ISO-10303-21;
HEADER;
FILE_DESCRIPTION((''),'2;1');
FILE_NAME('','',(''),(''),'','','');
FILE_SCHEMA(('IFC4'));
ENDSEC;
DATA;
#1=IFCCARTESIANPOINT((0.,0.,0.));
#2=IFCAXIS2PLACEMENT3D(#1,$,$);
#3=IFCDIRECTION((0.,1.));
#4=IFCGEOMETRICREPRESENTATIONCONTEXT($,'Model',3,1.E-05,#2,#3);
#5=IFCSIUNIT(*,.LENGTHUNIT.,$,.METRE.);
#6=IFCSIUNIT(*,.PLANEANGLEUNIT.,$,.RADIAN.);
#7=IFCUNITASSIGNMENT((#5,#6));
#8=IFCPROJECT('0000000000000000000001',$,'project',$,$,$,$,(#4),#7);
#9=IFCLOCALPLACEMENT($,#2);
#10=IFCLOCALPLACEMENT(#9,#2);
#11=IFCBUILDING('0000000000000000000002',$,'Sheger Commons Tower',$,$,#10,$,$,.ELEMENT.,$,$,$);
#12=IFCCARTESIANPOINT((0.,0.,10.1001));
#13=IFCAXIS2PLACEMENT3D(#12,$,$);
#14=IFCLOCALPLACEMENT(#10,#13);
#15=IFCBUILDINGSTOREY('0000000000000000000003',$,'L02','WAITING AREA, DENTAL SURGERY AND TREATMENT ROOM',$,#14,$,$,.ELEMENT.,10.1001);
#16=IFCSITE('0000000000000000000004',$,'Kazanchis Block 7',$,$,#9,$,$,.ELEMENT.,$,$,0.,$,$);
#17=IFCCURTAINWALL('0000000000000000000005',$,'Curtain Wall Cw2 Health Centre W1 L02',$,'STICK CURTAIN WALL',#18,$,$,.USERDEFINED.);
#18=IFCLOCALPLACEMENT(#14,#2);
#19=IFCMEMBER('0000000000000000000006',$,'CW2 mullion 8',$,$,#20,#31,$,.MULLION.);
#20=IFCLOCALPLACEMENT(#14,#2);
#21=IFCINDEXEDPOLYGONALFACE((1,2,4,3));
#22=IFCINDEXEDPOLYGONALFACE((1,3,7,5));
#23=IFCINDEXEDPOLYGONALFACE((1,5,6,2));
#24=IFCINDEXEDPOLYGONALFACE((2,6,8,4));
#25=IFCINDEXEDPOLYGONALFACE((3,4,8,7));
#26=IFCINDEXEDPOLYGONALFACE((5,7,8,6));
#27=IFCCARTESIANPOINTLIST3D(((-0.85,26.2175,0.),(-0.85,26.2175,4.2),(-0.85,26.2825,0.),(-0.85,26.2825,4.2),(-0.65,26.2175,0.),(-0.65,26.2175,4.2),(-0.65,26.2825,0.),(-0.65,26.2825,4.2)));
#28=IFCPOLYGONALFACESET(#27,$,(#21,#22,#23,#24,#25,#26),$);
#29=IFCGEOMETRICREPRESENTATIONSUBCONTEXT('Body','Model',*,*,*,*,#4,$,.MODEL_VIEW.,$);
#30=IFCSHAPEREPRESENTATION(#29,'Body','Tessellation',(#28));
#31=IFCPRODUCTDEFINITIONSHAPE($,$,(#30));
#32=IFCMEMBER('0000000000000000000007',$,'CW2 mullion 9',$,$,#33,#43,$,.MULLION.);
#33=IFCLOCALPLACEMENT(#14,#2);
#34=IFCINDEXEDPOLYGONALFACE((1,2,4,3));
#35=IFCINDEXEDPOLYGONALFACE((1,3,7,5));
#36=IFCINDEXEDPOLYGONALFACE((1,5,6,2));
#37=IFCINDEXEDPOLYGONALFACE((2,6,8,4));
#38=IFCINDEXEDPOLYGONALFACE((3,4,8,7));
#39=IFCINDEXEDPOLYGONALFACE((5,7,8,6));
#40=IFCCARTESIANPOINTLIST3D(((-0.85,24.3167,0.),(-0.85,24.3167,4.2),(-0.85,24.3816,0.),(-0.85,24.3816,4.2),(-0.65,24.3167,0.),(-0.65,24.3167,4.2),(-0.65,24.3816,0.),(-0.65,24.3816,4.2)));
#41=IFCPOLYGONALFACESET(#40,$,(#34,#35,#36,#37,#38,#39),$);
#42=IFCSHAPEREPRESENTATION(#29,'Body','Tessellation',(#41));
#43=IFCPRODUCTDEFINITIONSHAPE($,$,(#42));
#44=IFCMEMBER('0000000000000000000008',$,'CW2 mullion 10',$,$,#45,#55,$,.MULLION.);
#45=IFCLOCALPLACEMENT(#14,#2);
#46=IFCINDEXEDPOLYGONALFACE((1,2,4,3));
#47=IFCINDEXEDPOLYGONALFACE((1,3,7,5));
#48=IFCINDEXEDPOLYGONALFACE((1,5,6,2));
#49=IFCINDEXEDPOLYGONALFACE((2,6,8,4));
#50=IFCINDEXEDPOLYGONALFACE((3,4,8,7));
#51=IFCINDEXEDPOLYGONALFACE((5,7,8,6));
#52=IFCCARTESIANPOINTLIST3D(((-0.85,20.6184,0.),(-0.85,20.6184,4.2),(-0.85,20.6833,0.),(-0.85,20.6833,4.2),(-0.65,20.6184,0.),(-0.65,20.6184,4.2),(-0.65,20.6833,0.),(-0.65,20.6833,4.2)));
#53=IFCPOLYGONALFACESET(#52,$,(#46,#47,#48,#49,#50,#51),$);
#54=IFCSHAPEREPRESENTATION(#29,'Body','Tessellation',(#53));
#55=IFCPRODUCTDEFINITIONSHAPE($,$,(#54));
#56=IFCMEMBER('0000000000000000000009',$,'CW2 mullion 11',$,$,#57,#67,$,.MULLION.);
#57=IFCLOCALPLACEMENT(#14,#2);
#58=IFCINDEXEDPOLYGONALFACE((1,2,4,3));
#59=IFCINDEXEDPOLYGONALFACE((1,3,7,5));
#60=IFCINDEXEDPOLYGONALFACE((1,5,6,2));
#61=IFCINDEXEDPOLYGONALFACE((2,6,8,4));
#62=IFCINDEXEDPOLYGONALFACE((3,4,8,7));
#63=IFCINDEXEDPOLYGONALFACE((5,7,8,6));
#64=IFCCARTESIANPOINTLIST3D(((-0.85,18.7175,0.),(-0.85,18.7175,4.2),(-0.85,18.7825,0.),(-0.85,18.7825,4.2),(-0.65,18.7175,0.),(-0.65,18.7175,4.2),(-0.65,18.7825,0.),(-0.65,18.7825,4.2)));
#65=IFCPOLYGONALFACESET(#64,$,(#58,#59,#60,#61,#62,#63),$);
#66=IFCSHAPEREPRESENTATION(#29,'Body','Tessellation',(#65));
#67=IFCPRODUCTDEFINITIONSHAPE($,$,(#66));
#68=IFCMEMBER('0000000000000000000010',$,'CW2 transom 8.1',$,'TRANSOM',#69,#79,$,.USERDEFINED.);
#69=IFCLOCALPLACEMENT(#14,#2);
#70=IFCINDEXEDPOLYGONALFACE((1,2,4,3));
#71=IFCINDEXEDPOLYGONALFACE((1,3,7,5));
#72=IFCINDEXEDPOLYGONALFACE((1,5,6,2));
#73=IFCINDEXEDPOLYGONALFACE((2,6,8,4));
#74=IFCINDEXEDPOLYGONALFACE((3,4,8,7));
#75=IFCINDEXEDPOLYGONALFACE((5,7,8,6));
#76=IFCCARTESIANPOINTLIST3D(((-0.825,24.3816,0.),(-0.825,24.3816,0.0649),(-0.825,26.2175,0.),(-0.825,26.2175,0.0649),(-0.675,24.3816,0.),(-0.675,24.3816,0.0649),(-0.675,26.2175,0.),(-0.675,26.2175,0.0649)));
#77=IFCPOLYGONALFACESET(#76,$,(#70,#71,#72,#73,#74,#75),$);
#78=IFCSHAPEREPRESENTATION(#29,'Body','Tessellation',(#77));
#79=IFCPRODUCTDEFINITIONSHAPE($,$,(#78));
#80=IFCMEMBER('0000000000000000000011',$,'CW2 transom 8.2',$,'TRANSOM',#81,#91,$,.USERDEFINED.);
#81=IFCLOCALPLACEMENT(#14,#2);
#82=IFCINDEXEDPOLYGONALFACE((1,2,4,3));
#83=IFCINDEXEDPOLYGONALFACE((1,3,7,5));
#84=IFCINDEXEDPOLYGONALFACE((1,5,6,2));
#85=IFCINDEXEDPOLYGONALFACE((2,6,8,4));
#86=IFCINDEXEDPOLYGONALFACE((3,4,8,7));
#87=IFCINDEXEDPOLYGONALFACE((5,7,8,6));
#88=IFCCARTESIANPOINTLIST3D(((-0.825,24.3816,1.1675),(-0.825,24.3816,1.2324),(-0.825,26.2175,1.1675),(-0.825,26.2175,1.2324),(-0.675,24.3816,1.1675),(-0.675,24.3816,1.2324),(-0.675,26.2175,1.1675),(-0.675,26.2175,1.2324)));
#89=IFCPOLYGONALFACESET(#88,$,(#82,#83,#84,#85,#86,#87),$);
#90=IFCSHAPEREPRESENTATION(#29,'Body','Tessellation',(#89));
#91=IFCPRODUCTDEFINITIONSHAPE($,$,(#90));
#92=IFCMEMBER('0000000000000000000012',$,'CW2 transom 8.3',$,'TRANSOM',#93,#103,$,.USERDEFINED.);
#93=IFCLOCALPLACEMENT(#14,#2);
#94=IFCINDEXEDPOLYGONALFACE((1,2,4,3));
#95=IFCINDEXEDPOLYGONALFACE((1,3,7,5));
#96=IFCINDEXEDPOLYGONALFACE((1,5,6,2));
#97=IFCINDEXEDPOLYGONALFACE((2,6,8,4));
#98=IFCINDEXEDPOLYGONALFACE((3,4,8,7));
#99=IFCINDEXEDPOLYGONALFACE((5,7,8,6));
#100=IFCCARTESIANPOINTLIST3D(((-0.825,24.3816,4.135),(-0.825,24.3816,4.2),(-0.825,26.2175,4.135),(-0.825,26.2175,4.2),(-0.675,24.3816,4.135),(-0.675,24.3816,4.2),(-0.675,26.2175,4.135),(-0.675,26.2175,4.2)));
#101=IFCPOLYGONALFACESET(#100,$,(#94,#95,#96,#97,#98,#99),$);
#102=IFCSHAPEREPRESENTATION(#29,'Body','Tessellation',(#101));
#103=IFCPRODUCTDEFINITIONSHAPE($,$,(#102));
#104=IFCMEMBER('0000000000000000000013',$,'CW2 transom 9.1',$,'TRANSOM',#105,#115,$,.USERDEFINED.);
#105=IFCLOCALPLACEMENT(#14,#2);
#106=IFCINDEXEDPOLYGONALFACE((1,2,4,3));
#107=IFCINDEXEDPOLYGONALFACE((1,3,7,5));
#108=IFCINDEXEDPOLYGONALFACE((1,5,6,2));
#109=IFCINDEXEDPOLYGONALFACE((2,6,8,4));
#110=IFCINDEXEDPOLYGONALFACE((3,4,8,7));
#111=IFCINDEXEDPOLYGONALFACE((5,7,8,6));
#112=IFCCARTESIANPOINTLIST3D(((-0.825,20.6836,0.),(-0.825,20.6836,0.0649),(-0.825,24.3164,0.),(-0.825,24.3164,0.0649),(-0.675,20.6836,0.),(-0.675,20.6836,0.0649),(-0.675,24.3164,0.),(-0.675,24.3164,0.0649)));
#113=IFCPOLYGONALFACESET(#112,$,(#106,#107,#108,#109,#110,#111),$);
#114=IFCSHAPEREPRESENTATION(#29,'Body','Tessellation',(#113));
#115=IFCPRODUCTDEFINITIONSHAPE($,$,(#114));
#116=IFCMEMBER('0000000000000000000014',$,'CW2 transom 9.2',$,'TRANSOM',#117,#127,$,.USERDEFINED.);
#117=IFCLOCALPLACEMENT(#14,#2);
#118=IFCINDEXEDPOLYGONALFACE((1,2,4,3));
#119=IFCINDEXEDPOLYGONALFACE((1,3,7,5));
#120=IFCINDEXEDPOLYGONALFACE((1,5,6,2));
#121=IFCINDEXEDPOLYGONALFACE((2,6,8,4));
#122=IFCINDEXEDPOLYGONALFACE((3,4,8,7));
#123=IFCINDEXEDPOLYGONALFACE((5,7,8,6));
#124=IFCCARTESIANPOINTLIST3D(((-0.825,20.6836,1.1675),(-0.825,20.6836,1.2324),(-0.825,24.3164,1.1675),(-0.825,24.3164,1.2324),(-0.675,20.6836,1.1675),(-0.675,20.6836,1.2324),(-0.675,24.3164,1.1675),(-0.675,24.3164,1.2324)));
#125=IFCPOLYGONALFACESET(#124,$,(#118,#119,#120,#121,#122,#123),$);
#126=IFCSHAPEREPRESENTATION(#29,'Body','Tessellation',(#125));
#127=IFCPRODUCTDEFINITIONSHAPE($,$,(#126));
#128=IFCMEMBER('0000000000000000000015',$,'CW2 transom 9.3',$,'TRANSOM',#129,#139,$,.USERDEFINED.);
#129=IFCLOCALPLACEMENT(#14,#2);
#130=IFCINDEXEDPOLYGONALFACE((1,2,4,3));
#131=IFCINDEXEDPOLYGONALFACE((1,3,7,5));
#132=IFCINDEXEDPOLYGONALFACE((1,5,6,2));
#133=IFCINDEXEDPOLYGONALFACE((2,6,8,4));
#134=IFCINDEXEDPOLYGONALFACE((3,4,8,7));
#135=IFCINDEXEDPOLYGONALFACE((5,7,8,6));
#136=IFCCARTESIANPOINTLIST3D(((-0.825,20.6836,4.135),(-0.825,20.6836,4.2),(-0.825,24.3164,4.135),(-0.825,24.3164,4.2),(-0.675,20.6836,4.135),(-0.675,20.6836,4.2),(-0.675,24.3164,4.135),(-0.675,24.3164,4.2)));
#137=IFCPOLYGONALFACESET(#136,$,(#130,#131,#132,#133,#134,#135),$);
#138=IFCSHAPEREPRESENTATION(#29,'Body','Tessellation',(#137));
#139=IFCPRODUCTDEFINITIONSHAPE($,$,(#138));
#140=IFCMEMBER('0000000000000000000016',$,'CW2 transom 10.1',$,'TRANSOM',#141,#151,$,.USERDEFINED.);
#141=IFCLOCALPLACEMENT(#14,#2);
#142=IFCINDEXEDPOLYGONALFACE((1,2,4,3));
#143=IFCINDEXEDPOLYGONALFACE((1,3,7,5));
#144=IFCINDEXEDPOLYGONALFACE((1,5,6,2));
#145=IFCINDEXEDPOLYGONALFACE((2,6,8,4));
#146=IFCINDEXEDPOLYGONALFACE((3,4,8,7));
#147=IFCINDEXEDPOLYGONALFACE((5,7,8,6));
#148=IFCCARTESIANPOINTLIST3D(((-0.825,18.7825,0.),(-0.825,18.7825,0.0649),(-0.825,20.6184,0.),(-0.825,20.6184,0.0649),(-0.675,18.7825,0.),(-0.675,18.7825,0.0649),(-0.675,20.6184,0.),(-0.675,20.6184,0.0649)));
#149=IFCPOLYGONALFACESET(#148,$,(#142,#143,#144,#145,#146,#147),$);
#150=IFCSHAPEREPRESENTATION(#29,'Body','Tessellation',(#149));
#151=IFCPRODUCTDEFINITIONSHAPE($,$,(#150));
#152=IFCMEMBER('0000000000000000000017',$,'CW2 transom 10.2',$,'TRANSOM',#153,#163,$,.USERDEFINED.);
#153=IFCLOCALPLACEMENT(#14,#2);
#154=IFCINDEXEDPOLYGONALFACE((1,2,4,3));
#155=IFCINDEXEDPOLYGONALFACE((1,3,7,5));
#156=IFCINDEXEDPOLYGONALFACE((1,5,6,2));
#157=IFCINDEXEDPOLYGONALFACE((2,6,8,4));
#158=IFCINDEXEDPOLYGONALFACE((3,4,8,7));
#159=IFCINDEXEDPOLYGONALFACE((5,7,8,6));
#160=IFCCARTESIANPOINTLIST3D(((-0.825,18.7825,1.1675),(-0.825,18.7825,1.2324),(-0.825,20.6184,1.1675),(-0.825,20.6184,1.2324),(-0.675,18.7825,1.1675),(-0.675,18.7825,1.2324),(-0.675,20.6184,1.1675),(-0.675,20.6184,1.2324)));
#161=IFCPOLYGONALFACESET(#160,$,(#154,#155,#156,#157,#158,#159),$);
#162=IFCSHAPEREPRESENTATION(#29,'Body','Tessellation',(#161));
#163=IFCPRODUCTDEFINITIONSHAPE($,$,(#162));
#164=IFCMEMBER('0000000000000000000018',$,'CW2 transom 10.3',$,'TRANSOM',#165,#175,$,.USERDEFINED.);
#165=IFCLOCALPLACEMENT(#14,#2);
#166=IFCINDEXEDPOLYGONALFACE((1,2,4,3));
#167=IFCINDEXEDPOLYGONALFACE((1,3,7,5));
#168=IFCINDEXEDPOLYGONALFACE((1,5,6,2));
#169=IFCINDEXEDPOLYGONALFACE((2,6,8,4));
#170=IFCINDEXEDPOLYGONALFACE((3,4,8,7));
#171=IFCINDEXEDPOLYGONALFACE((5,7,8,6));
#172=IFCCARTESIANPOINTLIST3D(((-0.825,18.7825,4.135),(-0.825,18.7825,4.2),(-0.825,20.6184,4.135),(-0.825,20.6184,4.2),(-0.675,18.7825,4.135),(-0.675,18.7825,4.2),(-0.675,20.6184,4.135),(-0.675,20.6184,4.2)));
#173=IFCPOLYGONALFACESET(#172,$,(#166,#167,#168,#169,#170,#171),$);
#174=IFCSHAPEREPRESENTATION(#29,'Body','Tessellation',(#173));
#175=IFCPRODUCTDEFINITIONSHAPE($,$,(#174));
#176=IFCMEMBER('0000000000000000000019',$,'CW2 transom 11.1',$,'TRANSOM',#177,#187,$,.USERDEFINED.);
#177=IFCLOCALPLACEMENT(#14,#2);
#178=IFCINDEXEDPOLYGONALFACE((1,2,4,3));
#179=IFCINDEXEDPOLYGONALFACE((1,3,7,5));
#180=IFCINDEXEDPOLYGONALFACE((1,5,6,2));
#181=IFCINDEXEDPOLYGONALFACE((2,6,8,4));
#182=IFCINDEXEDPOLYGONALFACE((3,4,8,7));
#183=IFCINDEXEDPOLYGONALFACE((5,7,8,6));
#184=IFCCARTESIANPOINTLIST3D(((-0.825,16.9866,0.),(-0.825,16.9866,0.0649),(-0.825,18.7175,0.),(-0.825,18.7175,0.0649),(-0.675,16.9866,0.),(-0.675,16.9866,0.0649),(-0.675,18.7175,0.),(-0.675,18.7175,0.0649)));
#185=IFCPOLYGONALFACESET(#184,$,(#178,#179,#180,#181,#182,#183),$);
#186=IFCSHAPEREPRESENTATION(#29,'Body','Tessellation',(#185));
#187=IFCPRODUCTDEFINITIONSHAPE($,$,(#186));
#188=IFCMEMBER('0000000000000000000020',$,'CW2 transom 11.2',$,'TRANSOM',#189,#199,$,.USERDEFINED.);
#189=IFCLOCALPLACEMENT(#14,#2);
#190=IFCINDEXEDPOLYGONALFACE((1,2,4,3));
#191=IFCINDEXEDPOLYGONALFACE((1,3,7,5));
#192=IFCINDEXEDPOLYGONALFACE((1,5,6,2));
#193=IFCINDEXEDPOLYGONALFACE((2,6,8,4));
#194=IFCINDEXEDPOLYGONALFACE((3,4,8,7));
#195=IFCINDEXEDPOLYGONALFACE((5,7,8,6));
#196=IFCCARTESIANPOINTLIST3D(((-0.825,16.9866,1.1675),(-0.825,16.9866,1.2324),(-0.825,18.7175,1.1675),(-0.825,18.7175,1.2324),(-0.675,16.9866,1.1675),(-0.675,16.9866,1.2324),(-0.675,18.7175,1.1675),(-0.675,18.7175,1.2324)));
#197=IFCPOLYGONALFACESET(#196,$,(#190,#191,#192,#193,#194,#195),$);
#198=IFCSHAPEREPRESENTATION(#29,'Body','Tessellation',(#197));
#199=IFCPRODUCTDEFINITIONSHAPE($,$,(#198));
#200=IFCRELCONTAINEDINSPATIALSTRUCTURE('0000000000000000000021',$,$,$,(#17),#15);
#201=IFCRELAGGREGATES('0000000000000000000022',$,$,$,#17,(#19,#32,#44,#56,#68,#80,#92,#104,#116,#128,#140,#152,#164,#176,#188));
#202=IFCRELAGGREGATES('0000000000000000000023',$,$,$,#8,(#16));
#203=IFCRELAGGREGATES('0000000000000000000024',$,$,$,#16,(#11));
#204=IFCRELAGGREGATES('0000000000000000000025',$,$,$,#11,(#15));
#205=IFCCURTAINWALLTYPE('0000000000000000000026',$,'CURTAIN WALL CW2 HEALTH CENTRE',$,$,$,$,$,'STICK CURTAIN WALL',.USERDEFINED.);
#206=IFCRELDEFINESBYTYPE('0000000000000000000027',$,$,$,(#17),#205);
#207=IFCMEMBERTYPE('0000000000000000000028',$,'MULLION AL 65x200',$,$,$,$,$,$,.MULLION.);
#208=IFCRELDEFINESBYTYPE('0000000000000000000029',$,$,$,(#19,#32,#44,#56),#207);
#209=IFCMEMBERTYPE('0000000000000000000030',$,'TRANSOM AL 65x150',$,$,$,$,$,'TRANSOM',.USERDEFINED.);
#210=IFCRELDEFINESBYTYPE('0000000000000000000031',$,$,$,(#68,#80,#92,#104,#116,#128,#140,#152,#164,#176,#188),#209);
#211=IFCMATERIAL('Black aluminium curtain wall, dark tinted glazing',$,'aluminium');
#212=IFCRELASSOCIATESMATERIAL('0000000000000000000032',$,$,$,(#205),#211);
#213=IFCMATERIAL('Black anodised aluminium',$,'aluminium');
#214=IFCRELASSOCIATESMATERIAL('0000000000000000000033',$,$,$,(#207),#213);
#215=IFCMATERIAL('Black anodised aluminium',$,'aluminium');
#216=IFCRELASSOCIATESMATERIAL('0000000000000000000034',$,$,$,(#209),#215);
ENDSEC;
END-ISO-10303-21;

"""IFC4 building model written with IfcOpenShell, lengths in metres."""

from ifc_helpers import new_model, si_unit, direction, frame, origin, origin_2d, place, context, subcontext, project, spatial, rectangle, extrude, material, material_profile, profile_set, type_object, element, aggregate, save


model = new_model("IFC4")

# Units and contexts
model_context = context("Model", 3, precision=1e-05, world=origin(), true_north=direction((0.0, 1.0)))
body_context = subcontext(model_context, "Body", "Model", "MODEL_VIEW")
ifc_project = project(units=[si_unit("LENGTHUNIT", "METRE"), si_unit("PLANEANGLEUNIT", "RADIAN")], contexts=[model_context])

# Site, building, storey
site_placement = place(None, origin())
site = spatial("IfcSite", under=ifc_project, at=site_placement, Name="Kazanchis Block 7", CompositionType="ELEMENT", RefElevation=0.0)
building_placement = place(site_placement, origin())
building = spatial("IfcBuilding", under=site, at=building_placement, Name="Sheger Commons Tower", CompositionType="ELEMENT")
storey_placement = place(building_placement, frame((0.0, 0.0, 10.1001)))
storey = spatial("IfcBuildingStorey", under=building, at=storey_placement, Name="L02", Description="WAITING AREA, DENTAL SURGERY AND TREATMENT ROOM", CompositionType="ELEMENT", Elevation=10.1001)

# Curtain wall, members
ifc_material_1 = material(Name="Black aluminium curtain wall, dark tinted glazing", Category="aluminium")
curtain_wall_type = type_object("IfcCurtainWallType", Name="CURTAIN WALL CW2 HEALTH CENTRE", ElementType="STICK CURTAIN WALL", PredefinedType="USERDEFINED", material=ifc_material_1)
curtain_wall_placement = place(storey_placement, origin())
curtain_wall = element("IfcCurtainWall", 1, at=curtain_wall_placement, inside=storey, type_object=curtain_wall_type, Name="Curtain Wall Cw2 Health Centre W1 L02", ObjectType="STICK CURTAIN WALL", PredefinedType="USERDEFINED")
ifc_material_2 = material(Name="Black anodised aluminium", Category="aluminium")
ifc_material_profile_1 = material_profile(ifc_material_2, rectangle(XDim=0.2, YDim=0.0649, at=origin_2d()), Name="AL 65x200")
ifc_profile_set_1 = profile_set([ifc_material_profile_1], Name="Black anodised aluminium")
member_type_1 = type_object("IfcMemberType", Name="MULLION AL 65x200", PredefinedType="MULLION", material=ifc_profile_set_1)
member_1_placement = place(storey_placement, frame((-0.75, 26.25, 0.0), z_axis=(0.0, 0.0, 1.0), x_axis=(1.0, 0.0, 0.0)))
member_1 = element("IfcMember", 2, at=member_1_placement, type_object=member_type_1, Name="CW2 mullion 8", PredefinedType="MULLION", context=body_context, shape_type="SweptSolid", body=[
    extrude(rectangle(XDim=0.2, YDim=0.0649, at=origin_2d()), origin(), (0.0, 0.0, 1.0), 4.2),
])
member_2_placement = place(storey_placement, frame((-0.75, 24.3491, 0.0), z_axis=(0.0, 0.0, 1.0), x_axis=(1.0, 0.0, 0.0)))
member_2 = element("IfcMember", 3, at=member_2_placement, type_object=member_type_1, Name="CW2 mullion 9", PredefinedType="MULLION", context=body_context, shape_type="SweptSolid", body=[
    extrude(rectangle(XDim=0.2, YDim=0.0649, at=origin_2d()), origin(), (0.0, 0.0, 1.0), 4.2),
])
member_3_placement = place(storey_placement, frame((-0.75, 20.6509, 0.0), z_axis=(0.0, 0.0, 1.0), x_axis=(1.0, 0.0, 0.0)))
member_3 = element("IfcMember", 4, at=member_3_placement, type_object=member_type_1, Name="CW2 mullion 10", PredefinedType="MULLION", context=body_context, shape_type="SweptSolid", body=[
    extrude(rectangle(XDim=0.2, YDim=0.0649, at=origin_2d()), origin(), (0.0, 0.0, 1.0), 4.2),
])
member_4_placement = place(storey_placement, frame((-0.75, 18.75, 0.0), z_axis=(0.0, 0.0, 1.0), x_axis=(1.0, 0.0, 0.0)))
member_4 = element("IfcMember", 5, at=member_4_placement, type_object=member_type_1, Name="CW2 mullion 11", PredefinedType="MULLION", context=body_context, shape_type="SweptSolid", body=[
    extrude(rectangle(XDim=0.2, YDim=0.0649, at=origin_2d()), origin(), (0.0, 0.0, 1.0), 4.2),
])
ifc_material_3 = material(Name="Black anodised aluminium", Category="aluminium")
ifc_material_profile_2 = material_profile(ifc_material_3, rectangle(XDim=0.1499, YDim=0.0649, at=origin_2d()), Name="AL 65x150")
ifc_profile_set_2 = profile_set([ifc_material_profile_2], Name="Black anodised aluminium")
member_type_2 = type_object("IfcMemberType", Name="TRANSOM AL 65x150", ElementType="TRANSOM", PredefinedType="USERDEFINED", material=ifc_profile_set_2)
member_5_placement = place(storey_placement, frame((-0.75, 26.2175, 0.0325), z_axis=(0.0, -1.0, 0.0), x_axis=(1.0, 0.0, 0.0)))
member_5 = element("IfcMember", 6, at=member_5_placement, type_object=member_type_2, Name="CW2 transom 8.1", ObjectType="TRANSOM", PredefinedType="USERDEFINED", context=body_context, shape_type="SweptSolid", body=[
    extrude(rectangle(XDim=0.1499, YDim=0.0649, at=origin_2d()), origin(), (0.0, 0.0, 1.0), 1.8359),
])
member_6_placement = place(storey_placement, frame((-0.75, 26.2175, 1.2), z_axis=(0.0, -1.0, 0.0), x_axis=(1.0, 0.0, 0.0)))
member_6 = element("IfcMember", 7, at=member_6_placement, type_object=member_type_2, Name="CW2 transom 8.2", ObjectType="TRANSOM", PredefinedType="USERDEFINED", context=body_context, shape_type="SweptSolid", body=[
    extrude(rectangle(XDim=0.1499, YDim=0.0649, at=origin_2d()), origin(), (0.0, 0.0, 1.0), 1.8359),
])
member_7_placement = place(storey_placement, frame((-0.75, 26.2175, 4.1675), z_axis=(0.0, -1.0, 0.0), x_axis=(1.0, 0.0, 0.0)))
member_7 = element("IfcMember", 8, at=member_7_placement, type_object=member_type_2, Name="CW2 transom 8.3", ObjectType="TRANSOM", PredefinedType="USERDEFINED", context=body_context, shape_type="SweptSolid", body=[
    extrude(rectangle(XDim=0.1499, YDim=0.0649, at=origin_2d()), origin(), (0.0, 0.0, 1.0), 1.8359),
])
member_8_placement = place(storey_placement, frame((-0.75, 24.3164, 0.0325), z_axis=(0.0, -1.0, 0.0), x_axis=(1.0, 0.0, 0.0)))
member_8 = element("IfcMember", 9, at=member_8_placement, type_object=member_type_2, Name="CW2 transom 9.1", ObjectType="TRANSOM", PredefinedType="USERDEFINED", context=body_context, shape_type="SweptSolid", body=[
    extrude(rectangle(XDim=0.1499, YDim=0.0649, at=origin_2d()), origin(), (0.0, 0.0, 1.0), 3.6328),
])
member_9_placement = place(storey_placement, frame((-0.75, 24.3164, 1.2), z_axis=(0.0, -1.0, 0.0), x_axis=(1.0, 0.0, 0.0)))
member_9 = element("IfcMember", 10, at=member_9_placement, type_object=member_type_2, Name="CW2 transom 9.2", ObjectType="TRANSOM", PredefinedType="USERDEFINED", context=body_context, shape_type="SweptSolid", body=[
    extrude(rectangle(XDim=0.1499, YDim=0.0649, at=origin_2d()), origin(), (0.0, 0.0, 1.0), 3.6328),
])
member_10_placement = place(storey_placement, frame((-0.75, 24.3164, 4.1675), z_axis=(0.0, -1.0, 0.0), x_axis=(1.0, 0.0, 0.0)))
member_10 = element("IfcMember", 11, at=member_10_placement, type_object=member_type_2, Name="CW2 transom 9.3", ObjectType="TRANSOM", PredefinedType="USERDEFINED", context=body_context, shape_type="SweptSolid", body=[
    extrude(rectangle(XDim=0.1499, YDim=0.0649, at=origin_2d()), origin(), (0.0, 0.0, 1.0), 3.6328),
])
member_11_placement = place(storey_placement, frame((-0.75, 20.6184, 0.0325), z_axis=(0.0, -1.0, 0.0), x_axis=(1.0, 0.0, 0.0)))
member_11 = element("IfcMember", 12, at=member_11_placement, type_object=member_type_2, Name="CW2 transom 10.1", ObjectType="TRANSOM", PredefinedType="USERDEFINED", context=body_context, shape_type="SweptSolid", body=[
    extrude(rectangle(XDim=0.1499, YDim=0.0649, at=origin_2d()), origin(), (0.0, 0.0, 1.0), 1.8359),
])
member_12_placement = place(storey_placement, frame((-0.75, 20.6184, 1.2), z_axis=(0.0, -1.0, 0.0), x_axis=(1.0, 0.0, 0.0)))
member_12 = element("IfcMember", 13, at=member_12_placement, type_object=member_type_2, Name="CW2 transom 10.2", ObjectType="TRANSOM", PredefinedType="USERDEFINED", context=body_context, shape_type="SweptSolid", body=[
    extrude(rectangle(XDim=0.1499, YDim=0.0649, at=origin_2d()), origin(), (0.0, 0.0, 1.0), 1.8359),
])
member_13_placement = place(storey_placement, frame((-0.75, 20.6184, 4.1675), z_axis=(0.0, -1.0, 0.0), x_axis=(1.0, 0.0, 0.0)))
member_13 = element("IfcMember", 14, at=member_13_placement, type_object=member_type_2, Name="CW2 transom 10.3", ObjectType="TRANSOM", PredefinedType="USERDEFINED", context=body_context, shape_type="SweptSolid", body=[
    extrude(rectangle(XDim=0.1499, YDim=0.0649, at=origin_2d()), origin(), (0.0, 0.0, 1.0), 1.8359),
])
member_14_placement = place(storey_placement, frame((-0.75, 18.7175, 0.0325), z_axis=(0.0, -1.0, 0.0), x_axis=(1.0, 0.0, 0.0)))
member_14 = element("IfcMember", 15, at=member_14_placement, type_object=member_type_2, Name="CW2 transom 11.1", ObjectType="TRANSOM", PredefinedType="USERDEFINED", context=body_context, shape_type="SweptSolid", body=[
    extrude(rectangle(XDim=0.1499, YDim=0.0649, at=origin_2d()), origin(), (0.0, 0.0, 1.0), 1.731),
])
member_15_placement = place(storey_placement, frame((-0.75, 18.7175, 1.2), z_axis=(0.0, -1.0, 0.0), x_axis=(1.0, 0.0, 0.0)))
member_15 = element("IfcMember", 16, at=member_15_placement, type_object=member_type_2, Name="CW2 transom 11.2", ObjectType="TRANSOM", PredefinedType="USERDEFINED", context=body_context, shape_type="SweptSolid", body=[
    extrude(rectangle(XDim=0.1499, YDim=0.0649, at=origin_2d()), origin(), (0.0, 0.0, 1.0), 1.731),
])
aggregate(curtain_wall, [member_1, member_2, member_3, member_4, member_5, member_6, member_7, member_8, member_9, member_10, member_11, member_12, member_13, member_14, member_15])

save(model, "model.ifc")
